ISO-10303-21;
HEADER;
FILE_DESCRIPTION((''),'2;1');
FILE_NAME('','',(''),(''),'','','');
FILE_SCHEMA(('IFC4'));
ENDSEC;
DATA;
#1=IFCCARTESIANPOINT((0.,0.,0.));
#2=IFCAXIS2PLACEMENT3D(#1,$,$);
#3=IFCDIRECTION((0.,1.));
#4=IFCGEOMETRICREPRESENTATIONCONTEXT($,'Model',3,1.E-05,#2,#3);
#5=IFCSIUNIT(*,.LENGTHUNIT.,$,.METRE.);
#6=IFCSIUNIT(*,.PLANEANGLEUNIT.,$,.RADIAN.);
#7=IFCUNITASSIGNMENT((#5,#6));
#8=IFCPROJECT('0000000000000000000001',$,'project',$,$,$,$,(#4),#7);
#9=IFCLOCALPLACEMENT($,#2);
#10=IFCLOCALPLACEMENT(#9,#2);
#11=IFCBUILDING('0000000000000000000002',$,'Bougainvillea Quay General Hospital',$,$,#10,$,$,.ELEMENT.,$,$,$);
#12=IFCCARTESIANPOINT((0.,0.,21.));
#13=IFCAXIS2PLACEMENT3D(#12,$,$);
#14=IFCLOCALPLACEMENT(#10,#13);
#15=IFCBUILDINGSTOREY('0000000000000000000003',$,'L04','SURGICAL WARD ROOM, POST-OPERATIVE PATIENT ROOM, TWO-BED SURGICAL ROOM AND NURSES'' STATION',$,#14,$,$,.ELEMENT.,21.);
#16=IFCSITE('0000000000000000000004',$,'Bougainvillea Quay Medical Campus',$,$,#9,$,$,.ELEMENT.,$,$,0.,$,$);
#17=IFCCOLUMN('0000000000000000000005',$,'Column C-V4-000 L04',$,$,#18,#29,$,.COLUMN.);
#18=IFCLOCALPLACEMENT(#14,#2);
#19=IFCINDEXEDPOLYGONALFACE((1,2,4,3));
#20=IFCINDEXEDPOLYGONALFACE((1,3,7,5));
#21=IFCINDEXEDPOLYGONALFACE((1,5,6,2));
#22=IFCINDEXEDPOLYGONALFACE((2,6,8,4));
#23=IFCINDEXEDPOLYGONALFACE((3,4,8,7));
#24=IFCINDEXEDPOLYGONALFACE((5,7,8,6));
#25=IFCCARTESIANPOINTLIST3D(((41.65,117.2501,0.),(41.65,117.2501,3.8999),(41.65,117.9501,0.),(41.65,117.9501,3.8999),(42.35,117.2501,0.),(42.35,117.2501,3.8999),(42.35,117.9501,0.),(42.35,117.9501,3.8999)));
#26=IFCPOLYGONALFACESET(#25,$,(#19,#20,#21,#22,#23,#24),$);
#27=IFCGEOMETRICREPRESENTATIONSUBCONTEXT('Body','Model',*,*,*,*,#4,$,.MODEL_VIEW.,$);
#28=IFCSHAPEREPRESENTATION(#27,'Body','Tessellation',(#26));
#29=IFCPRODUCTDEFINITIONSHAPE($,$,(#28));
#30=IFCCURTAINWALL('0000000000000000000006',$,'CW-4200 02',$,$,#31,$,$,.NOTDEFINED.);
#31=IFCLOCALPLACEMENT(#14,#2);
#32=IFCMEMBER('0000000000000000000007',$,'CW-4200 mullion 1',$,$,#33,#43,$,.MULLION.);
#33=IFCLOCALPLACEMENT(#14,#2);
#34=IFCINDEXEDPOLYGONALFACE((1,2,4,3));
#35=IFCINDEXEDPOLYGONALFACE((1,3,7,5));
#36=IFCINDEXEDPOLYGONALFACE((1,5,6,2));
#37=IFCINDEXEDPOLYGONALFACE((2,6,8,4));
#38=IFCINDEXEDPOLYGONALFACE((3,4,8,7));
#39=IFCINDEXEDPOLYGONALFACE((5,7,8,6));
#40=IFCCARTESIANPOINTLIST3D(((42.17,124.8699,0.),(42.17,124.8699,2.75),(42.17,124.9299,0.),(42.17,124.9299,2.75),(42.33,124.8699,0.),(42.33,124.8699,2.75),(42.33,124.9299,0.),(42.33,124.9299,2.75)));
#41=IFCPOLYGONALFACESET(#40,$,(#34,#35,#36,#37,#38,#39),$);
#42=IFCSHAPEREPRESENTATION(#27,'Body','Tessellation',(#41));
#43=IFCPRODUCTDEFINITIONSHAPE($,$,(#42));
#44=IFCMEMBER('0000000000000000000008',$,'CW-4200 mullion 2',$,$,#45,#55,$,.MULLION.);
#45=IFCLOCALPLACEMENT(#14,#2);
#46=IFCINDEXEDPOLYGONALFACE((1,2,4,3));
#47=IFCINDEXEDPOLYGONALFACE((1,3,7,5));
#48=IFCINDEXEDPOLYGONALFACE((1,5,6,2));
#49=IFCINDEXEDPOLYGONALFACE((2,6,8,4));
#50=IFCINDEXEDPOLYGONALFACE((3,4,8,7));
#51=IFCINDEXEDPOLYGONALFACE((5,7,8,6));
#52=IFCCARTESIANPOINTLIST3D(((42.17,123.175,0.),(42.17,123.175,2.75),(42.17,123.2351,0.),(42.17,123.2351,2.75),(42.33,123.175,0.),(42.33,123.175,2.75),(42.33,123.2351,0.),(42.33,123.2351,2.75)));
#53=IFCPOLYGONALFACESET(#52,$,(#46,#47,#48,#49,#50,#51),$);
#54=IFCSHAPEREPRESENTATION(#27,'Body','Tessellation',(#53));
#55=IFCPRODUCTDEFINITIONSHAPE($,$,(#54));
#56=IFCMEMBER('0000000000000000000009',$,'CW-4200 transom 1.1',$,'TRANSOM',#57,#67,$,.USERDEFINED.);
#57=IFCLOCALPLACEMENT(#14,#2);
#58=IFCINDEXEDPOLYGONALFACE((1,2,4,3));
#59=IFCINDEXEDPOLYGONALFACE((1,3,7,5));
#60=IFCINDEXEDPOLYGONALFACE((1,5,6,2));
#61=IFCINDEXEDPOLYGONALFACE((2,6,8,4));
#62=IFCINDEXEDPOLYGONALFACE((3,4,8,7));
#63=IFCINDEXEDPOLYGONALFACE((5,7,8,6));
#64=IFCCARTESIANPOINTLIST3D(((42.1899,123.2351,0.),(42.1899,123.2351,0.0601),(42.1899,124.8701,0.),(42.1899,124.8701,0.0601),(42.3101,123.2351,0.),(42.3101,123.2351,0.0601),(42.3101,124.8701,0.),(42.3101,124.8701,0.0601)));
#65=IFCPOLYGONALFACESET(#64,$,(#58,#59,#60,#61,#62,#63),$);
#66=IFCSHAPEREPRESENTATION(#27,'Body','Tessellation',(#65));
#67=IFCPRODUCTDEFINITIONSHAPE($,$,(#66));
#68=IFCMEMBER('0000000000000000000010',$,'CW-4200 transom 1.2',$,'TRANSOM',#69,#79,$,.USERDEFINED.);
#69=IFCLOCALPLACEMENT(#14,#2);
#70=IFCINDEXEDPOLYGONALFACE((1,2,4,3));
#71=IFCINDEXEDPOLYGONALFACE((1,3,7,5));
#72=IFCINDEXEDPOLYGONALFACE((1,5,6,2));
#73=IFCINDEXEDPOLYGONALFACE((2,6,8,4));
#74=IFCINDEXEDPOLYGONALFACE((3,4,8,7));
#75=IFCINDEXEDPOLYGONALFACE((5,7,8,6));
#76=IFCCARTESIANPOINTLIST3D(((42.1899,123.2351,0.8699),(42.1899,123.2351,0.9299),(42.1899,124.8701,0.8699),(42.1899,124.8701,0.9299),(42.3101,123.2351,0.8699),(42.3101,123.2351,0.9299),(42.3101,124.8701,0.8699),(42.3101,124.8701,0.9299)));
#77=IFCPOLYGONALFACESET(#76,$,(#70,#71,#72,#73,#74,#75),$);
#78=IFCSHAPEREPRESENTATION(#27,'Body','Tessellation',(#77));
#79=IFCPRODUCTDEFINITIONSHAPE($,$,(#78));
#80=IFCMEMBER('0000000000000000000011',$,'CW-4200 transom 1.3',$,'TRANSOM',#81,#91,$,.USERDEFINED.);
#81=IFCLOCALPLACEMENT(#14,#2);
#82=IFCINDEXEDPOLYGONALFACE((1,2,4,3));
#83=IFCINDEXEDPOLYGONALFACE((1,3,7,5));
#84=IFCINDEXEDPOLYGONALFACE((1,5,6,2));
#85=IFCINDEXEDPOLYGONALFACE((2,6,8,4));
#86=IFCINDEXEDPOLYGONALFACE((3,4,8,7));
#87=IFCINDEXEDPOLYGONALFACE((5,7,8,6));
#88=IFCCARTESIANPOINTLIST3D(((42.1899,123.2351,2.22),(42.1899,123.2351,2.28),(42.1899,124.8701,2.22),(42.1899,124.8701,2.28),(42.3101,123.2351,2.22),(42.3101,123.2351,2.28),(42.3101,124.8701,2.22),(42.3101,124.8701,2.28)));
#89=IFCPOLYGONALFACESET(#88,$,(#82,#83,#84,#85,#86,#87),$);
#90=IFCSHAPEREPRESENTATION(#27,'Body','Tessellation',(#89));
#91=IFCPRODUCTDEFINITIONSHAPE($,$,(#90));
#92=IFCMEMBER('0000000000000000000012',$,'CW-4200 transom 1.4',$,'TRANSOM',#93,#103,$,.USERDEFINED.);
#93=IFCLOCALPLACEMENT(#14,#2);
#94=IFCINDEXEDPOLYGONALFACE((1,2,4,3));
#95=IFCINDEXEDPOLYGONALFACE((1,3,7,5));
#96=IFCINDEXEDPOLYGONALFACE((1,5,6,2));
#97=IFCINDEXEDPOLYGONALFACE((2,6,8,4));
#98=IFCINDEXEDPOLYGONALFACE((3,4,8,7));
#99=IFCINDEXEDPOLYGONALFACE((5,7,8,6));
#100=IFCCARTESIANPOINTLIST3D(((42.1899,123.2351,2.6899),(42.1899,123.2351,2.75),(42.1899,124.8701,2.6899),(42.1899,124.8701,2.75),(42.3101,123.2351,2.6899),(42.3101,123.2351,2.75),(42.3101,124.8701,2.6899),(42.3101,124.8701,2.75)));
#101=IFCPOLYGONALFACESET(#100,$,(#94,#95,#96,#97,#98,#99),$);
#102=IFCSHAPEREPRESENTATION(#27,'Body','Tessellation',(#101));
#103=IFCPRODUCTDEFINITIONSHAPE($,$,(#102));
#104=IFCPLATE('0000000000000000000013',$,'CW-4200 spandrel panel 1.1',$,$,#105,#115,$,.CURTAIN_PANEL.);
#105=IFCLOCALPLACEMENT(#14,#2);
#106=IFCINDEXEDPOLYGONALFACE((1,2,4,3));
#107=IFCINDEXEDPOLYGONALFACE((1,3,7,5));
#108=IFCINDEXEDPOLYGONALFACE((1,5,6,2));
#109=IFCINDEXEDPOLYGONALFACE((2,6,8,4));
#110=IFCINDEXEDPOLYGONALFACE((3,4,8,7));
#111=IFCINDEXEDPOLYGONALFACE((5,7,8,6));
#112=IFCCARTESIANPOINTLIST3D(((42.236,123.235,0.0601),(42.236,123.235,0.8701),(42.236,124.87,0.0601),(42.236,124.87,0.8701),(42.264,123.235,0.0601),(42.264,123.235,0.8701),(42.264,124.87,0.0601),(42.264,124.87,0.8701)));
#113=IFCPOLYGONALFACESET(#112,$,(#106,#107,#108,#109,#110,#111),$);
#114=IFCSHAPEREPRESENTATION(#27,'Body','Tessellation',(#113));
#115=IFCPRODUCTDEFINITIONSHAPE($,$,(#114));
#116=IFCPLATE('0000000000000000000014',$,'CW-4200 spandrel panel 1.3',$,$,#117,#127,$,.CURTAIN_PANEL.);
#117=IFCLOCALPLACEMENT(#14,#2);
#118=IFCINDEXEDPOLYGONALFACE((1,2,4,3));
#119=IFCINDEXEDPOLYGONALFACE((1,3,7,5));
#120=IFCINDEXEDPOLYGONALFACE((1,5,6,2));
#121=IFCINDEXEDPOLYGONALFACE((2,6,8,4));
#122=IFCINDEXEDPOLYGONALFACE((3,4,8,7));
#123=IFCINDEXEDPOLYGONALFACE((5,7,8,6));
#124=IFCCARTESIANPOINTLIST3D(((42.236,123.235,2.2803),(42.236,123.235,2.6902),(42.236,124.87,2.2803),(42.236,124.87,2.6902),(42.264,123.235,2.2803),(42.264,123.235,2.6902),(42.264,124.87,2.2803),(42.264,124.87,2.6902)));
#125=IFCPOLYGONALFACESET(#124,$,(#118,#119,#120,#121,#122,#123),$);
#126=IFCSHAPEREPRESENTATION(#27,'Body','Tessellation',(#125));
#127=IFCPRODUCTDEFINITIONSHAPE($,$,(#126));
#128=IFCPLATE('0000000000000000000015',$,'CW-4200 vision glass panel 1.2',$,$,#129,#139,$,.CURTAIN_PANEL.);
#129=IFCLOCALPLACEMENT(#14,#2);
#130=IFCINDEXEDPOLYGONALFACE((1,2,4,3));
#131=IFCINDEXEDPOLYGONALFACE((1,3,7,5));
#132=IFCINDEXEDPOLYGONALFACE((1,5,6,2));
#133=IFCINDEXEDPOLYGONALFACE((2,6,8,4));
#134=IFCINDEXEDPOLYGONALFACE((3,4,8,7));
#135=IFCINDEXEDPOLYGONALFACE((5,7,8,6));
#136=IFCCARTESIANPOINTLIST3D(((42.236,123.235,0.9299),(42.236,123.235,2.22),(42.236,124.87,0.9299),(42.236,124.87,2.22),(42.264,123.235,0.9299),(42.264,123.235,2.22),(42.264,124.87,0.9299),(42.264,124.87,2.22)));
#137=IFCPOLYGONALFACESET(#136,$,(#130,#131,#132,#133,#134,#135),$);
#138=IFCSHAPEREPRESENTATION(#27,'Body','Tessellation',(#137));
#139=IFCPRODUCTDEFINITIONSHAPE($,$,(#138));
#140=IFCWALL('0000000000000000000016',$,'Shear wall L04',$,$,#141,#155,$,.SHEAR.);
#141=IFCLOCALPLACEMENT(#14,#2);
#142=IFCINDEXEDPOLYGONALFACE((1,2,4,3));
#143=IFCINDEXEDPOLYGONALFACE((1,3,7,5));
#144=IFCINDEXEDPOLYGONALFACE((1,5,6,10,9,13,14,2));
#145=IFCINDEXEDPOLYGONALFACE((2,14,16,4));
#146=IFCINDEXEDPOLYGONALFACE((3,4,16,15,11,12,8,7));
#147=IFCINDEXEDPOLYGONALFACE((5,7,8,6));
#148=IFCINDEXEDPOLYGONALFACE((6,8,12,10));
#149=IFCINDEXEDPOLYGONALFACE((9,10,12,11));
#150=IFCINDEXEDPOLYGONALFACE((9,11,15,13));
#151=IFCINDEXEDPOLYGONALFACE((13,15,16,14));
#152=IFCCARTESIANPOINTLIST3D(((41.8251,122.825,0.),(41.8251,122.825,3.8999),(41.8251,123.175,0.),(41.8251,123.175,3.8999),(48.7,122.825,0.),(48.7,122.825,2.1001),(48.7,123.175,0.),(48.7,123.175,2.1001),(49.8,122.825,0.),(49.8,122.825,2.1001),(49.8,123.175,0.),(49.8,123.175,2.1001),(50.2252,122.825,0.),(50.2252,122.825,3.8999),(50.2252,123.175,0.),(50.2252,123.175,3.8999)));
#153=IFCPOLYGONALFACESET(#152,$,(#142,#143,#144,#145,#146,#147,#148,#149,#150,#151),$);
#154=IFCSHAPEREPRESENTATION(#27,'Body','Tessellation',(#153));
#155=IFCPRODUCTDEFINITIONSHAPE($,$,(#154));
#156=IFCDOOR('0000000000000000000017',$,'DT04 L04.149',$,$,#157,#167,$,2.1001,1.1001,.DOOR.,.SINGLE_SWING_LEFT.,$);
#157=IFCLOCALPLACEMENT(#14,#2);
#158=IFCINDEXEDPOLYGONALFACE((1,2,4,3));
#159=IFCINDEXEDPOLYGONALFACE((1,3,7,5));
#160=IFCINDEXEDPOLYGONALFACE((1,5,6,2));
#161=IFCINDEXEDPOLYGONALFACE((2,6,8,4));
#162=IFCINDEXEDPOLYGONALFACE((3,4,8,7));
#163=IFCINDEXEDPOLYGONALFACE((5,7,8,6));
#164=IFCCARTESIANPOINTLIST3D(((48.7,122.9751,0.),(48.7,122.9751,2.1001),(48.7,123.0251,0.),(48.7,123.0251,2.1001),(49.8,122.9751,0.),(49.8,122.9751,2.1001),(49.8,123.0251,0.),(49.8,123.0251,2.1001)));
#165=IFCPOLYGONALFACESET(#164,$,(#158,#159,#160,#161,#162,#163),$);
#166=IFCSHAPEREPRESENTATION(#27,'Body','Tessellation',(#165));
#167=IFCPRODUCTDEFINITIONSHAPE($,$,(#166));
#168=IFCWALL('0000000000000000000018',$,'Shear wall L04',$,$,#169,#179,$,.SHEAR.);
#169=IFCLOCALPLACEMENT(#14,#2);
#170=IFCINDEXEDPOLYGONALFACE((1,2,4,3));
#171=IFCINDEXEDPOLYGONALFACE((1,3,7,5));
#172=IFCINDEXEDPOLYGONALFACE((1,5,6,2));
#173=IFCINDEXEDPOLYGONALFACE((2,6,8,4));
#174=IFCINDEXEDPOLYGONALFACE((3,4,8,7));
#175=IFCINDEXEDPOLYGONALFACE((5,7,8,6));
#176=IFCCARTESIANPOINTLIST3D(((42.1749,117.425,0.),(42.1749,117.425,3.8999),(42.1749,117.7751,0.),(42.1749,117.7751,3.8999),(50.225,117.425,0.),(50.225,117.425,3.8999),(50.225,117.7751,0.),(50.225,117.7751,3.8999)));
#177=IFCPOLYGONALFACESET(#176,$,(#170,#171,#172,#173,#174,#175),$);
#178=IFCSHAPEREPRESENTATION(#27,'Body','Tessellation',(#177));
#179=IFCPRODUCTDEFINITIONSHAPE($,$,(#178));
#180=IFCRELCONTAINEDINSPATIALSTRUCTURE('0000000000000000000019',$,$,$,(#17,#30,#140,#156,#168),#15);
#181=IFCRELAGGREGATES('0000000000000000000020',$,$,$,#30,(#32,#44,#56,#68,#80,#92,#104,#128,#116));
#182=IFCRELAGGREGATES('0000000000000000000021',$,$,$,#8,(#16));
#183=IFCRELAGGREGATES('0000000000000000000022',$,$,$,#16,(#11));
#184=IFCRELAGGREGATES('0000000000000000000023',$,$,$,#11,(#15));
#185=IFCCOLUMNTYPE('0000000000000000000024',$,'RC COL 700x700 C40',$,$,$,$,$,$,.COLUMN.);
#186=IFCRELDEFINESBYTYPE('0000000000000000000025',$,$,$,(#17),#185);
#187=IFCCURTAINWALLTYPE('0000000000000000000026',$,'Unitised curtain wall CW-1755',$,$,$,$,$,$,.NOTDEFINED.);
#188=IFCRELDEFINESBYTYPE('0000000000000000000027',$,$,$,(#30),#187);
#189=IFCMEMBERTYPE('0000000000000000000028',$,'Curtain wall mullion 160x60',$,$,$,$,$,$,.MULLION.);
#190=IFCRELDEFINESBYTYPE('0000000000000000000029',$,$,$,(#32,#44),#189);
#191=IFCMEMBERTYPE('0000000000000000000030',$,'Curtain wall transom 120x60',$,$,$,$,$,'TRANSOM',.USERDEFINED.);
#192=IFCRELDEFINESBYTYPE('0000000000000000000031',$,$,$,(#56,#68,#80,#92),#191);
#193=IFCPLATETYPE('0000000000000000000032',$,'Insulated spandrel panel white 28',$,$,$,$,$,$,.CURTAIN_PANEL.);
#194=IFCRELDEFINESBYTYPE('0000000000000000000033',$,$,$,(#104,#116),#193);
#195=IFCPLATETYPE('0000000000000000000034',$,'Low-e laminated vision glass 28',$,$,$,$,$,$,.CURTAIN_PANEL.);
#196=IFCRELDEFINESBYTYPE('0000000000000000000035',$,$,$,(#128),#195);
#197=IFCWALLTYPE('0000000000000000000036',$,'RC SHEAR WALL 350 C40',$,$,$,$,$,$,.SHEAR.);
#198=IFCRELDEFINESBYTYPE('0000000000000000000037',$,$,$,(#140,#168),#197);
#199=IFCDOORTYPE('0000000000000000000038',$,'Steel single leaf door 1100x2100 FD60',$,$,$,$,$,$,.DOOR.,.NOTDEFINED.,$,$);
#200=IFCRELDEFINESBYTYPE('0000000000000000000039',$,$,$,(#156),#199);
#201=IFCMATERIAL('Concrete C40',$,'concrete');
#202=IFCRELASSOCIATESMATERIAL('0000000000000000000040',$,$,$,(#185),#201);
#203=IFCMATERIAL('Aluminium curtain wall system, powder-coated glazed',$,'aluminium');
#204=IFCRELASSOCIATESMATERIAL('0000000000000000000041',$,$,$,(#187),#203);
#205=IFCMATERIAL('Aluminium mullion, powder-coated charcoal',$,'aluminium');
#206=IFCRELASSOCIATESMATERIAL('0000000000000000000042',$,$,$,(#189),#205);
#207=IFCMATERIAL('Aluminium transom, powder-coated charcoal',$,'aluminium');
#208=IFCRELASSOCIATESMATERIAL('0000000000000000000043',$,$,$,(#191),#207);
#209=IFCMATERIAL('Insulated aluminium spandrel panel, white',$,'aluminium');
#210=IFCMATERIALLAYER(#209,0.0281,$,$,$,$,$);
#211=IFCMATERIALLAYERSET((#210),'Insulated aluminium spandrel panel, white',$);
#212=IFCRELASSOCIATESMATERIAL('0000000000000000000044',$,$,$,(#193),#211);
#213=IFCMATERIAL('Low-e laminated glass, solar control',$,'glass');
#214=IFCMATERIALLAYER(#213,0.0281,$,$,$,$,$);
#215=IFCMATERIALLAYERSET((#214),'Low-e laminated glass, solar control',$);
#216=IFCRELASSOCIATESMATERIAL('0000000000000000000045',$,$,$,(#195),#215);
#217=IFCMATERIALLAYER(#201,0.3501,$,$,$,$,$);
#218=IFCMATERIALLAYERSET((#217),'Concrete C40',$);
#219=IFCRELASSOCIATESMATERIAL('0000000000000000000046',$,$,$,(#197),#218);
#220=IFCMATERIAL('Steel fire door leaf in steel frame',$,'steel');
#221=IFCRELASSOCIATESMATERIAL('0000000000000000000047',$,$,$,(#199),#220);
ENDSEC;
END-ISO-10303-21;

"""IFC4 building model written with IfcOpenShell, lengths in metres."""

from ifc_helpers import new_model, si_unit, direction, frame, frame_2d, origin, origin_2d, place, context, subcontext, project, spatial, rectangle, extrude, material, layer, layer_set, material_profile, profile_set, type_object, element, fill, aggregate, save


model = new_model("IFC4")

# Units and contexts
model_context = context("Model", 3, precision=1e-05, world=origin(), true_north=direction((0.0, 1.0)))
body_context = subcontext(model_context, "Body", "Model", "MODEL_VIEW")
ifc_project = project(units=[si_unit("LENGTHUNIT", "METRE"), si_unit("PLANEANGLEUNIT", "RADIAN")], contexts=[model_context])

# Site, building, storey
site_placement = place(None, origin())
site = spatial("IfcSite", under=ifc_project, at=site_placement, Name="Bougainvillea Quay Medical Campus", CompositionType="ELEMENT", RefElevation=0.0)
building_placement = place(site_placement, origin())
building = spatial("IfcBuilding", under=site, at=building_placement, Name="Bougainvillea Quay General Hospital", CompositionType="ELEMENT")
storey_placement = place(building_placement, frame((0.0, 0.0, 21.0)))
storey = spatial("IfcBuildingStorey", under=building, at=storey_placement, Name="L04", Description="SURGICAL WARD ROOM, POST-OPERATIVE PATIENT ROOM, TWO-BED SURGICAL ROOM AND NURSES' STATION", CompositionType="ELEMENT", Elevation=21.0)

# Column
ifc_material_1 = material(Name="Concrete C40", Category="concrete")
ifc_material_profile_1 = material_profile(ifc_material_1, rectangle(XDim=0.7, YDim=0.7, at=origin_2d()))
ifc_profile_set_1 = profile_set([ifc_material_profile_1], Name="Concrete C40")
column_type = type_object("IfcColumnType", Name="RC COL 700x700 C40", PredefinedType="COLUMN", material=ifc_profile_set_1)
column_placement = place(storey_placement, frame((42.0, 117.6001, 0.0), z_axis=(0.0, 0.0, 1.0), x_axis=(1.0, 0.0, 0.0)))
element("IfcColumn", 1, at=column_placement, inside=storey, type_object=column_type, Name="Column C-V4-000 L04", PredefinedType="COLUMN", context=body_context, shape_type="SweptSolid", body=[
    extrude(rectangle(XDim=0.7, YDim=0.7, at=origin_2d()), origin(), (0.0, 0.0, 1.0), 3.8999),
])

# Curtain wall, members, plates
ifc_material_2 = material(Name="Aluminium curtain wall system, powder-coated glazed", Category="aluminium")
curtain_wall_type = type_object("IfcCurtainWallType", Name="Unitised curtain wall CW-1755", PredefinedType="NOTDEFINED", material=ifc_material_2)
curtain_wall_placement = place(storey_placement, origin())
curtain_wall = element("IfcCurtainWall", 2, at=curtain_wall_placement, inside=storey, type_object=curtain_wall_type, Name="CW-4200 02", PredefinedType="NOTDEFINED")
ifc_material_3 = material(Name="Aluminium mullion, powder-coated charcoal", Category="aluminium")
ifc_material_profile_2 = material_profile(ifc_material_3, rectangle(XDim=0.1599, YDim=0.0601, at=origin_2d()))
ifc_profile_set_2 = profile_set([ifc_material_profile_2], Name="Aluminium mullion, powder-coated charcoal")
member_type_1 = type_object("IfcMemberType", Name="Curtain wall mullion 160x60", PredefinedType="MULLION", material=ifc_profile_set_2)
member_1_placement = place(storey_placement, frame((42.25, 124.8999, 0.0), z_axis=(0.0, 0.0, 1.0), x_axis=(1.0, 0.0, 0.0)))
member_1 = element("IfcMember", 3, at=member_1_placement, type_object=member_type_1, Name="CW-4200 mullion 1", PredefinedType="MULLION", context=body_context, shape_type="SweptSolid", body=[
    extrude(rectangle(XDim=0.1599, YDim=0.0601, at=origin_2d()), origin(), (0.0, 0.0, 1.0), 2.75),
])
member_2_placement = place(storey_placement, frame((42.25, 123.2051, 0.0), z_axis=(0.0, 0.0, 1.0), x_axis=(1.0, 0.0, 0.0)))
member_2 = element("IfcMember", 4, at=member_2_placement, type_object=member_type_1, Name="CW-4200 mullion 2", PredefinedType="MULLION", context=body_context, shape_type="SweptSolid", body=[
    extrude(rectangle(XDim=0.1599, YDim=0.0601, at=origin_2d()), origin(), (0.0, 0.0, 1.0), 2.75),
])
ifc_material_4 = material(Name="Aluminium transom, powder-coated charcoal", Category="aluminium")
ifc_material_profile_3 = material_profile(ifc_material_4, rectangle(XDim=0.1201, YDim=0.0601, at=origin_2d()))
ifc_profile_set_3 = profile_set([ifc_material_profile_3], Name="Aluminium transom, powder-coated charcoal")
member_type_2 = type_object("IfcMemberType", Name="Curtain wall transom 120x60", ElementType="TRANSOM", PredefinedType="USERDEFINED", material=ifc_profile_set_3)
member_3_placement = place(storey_placement, frame((42.25, 124.8701, 0.03), z_axis=(0.0, -1.0, 0.0), x_axis=(1.0, 0.0, 0.0)))
member_3 = element("IfcMember", 5, at=member_3_placement, type_object=member_type_2, Name="CW-4200 transom 1.1", ObjectType="TRANSOM", PredefinedType="USERDEFINED", context=body_context, shape_type="SweptSolid", body=[
    extrude(rectangle(XDim=0.1201, YDim=0.0601, at=origin_2d()), origin(), (0.0, 0.0, 1.0), 1.635),
])
member_4_placement = place(storey_placement, frame((42.25, 124.8701, 0.8999), z_axis=(0.0, -1.0, 0.0), x_axis=(1.0, 0.0, 0.0)))
member_4 = element("IfcMember", 6, at=member_4_placement, type_object=member_type_2, Name="CW-4200 transom 1.2", ObjectType="TRANSOM", PredefinedType="USERDEFINED", context=body_context, shape_type="SweptSolid", body=[
    extrude(rectangle(XDim=0.1201, YDim=0.0601, at=origin_2d()), origin(), (0.0, 0.0, 1.0), 1.635),
])
member_5_placement = place(storey_placement, frame((42.25, 124.8701, 2.25), z_axis=(0.0, -1.0, 0.0), x_axis=(1.0, 0.0, 0.0)))
member_5 = element("IfcMember", 7, at=member_5_placement, type_object=member_type_2, Name="CW-4200 transom 1.3", ObjectType="TRANSOM", PredefinedType="USERDEFINED", context=body_context, shape_type="SweptSolid", body=[
    extrude(rectangle(XDim=0.1201, YDim=0.0601, at=origin_2d()), origin(), (0.0, 0.0, 1.0), 1.635),
])
member_6_placement = place(storey_placement, frame((42.25, 124.8701, 2.72), z_axis=(0.0, -1.0, 0.0), x_axis=(1.0, 0.0, 0.0)))
member_6 = element("IfcMember", 8, at=member_6_placement, type_object=member_type_2, Name="CW-4200 transom 1.4", ObjectType="TRANSOM", PredefinedType="USERDEFINED", context=body_context, shape_type="SweptSolid", body=[
    extrude(rectangle(XDim=0.1201, YDim=0.0601, at=origin_2d()), origin(), (0.0, 0.0, 1.0), 1.635),
])
ifc_material_5 = material(Name="Insulated aluminium spandrel panel, white", Category="aluminium")
ifc_layer_1 = layer(ifc_material_5, 0.0281)
ifc_layer_set_1 = layer_set([ifc_layer_1], Name="Insulated aluminium spandrel panel, white")
plate_type_1 = type_object("IfcPlateType", Name="Insulated spandrel panel white 28", PredefinedType="CURTAIN_PANEL", material=ifc_layer_set_1)
plate_1_placement = place(storey_placement, frame((42.25, 124.0525, 0.0601), z_axis=(0.0, 0.0, 1.0), x_axis=(0.0, -1.0, 0.0)))
plate_1 = element("IfcPlate", 9, at=plate_1_placement, type_object=plate_type_1, Name="CW-4200 spandrel panel 1.1", PredefinedType="CURTAIN_PANEL", context=body_context, shape_type="SweptSolid", body=[
    extrude(rectangle(XDim=1.635, YDim=0.0281, at=origin_2d()), origin(), (0.0, 0.0, 1.0), 0.8101),
])
plate_2_placement = place(storey_placement, frame((42.25, 124.0525, 2.2803), z_axis=(0.0, 0.0, 1.0), x_axis=(0.0, -1.0, 0.0)))
plate_2 = element("IfcPlate", 10, at=plate_2_placement, type_object=plate_type_1, Name="CW-4200 spandrel panel 1.3", PredefinedType="CURTAIN_PANEL", context=body_context, shape_type="SweptSolid", body=[
    extrude(rectangle(XDim=1.635, YDim=0.0281, at=origin_2d()), origin(), (0.0, 0.0, 1.0), 0.4099),
])
ifc_material_6 = material(Name="Low-e laminated glass, solar control", Category="glass")
ifc_layer_2 = layer(ifc_material_6, 0.0281)
ifc_layer_set_2 = layer_set([ifc_layer_2], Name="Low-e laminated glass, solar control")
plate_type_2 = type_object("IfcPlateType", Name="Low-e laminated vision glass 28", PredefinedType="CURTAIN_PANEL", material=ifc_layer_set_2)
plate_3_placement = place(storey_placement, frame((42.25, 124.0525, 0.9299), z_axis=(0.0, 0.0, 1.0), x_axis=(0.0, -1.0, 0.0)))
plate_3 = element("IfcPlate", 11, at=plate_3_placement, type_object=plate_type_2, Name="CW-4200 vision glass panel 1.2", PredefinedType="CURTAIN_PANEL", context=body_context, shape_type="SweptSolid", body=[
    extrude(rectangle(XDim=1.635, YDim=0.0281, at=origin_2d()), origin(), (0.0, 0.0, 1.0), 1.29),
])
aggregate(curtain_wall, [member_1, member_2, member_3, member_4, member_5, member_6, plate_1, plate_3, plate_2])

# Wall, opening, door
ifc_layer_3 = layer(ifc_material_1, 0.3501)
ifc_layer_set_3 = layer_set([ifc_layer_3], Name="Concrete C40")
wall_type = type_object("IfcWallType", Name="RC SHEAR WALL 350 C40", PredefinedType="SHEAR", material=ifc_layer_set_3)
wall_1_placement = place(storey_placement, frame((41.825, 123.0, 0.0), z_axis=(0.0, 0.0, 1.0), x_axis=(1.0, 0.0, 0.0)))
wall_1 = element("IfcWall", 12, at=wall_1_placement, inside=storey, type_object=wall_type, Name="Shear wall L04", PredefinedType="SHEAR", context=body_context, shape_type="SweptSolid", body=[
    extrude(rectangle(XDim=8.4001, YDim=0.3501, at=frame_2d((4.2002, 0.0))), origin(), (0.0, 0.0, 1.0), 3.8999),
])
opening_placement = place(wall_1_placement, frame((6.875, 0.0, 0.0)))
opening = element("IfcOpeningElement", 13, at=opening_placement, cuts=wall_1, PredefinedType="OPENING", context=body_context, shape_type="SweptSolid", body=[
    extrude(rectangle(XDim=1.1001, YDim=2.1001, at=frame_2d((0.55, 1.05))), frame((0.0, 0.1851, 0.0), z_axis=(0.0, -1.0, 0.0), x_axis=(1.0, 0.0, 0.0)), (0.0, 0.0, 1.0), 0.3701),
])
ifc_material_7 = material(Name="Steel fire door leaf in steel frame", Category="steel")
door_type = type_object("IfcDoorType", Name="Steel single leaf door 1100x2100 FD60", OperationType="NOTDEFINED", PredefinedType="DOOR", material=ifc_material_7)
door_placement = place(opening_placement, frame((1.1001, 0.0, 0.0), z_axis=(0.0, 0.0, 1.0), x_axis=(-1.0, 0.0, 0.0)))
door = element("IfcDoor", 14, at=door_placement, inside=storey, type_object=door_type, Name="DT04 L04.149", OperationType="SINGLE_SWING_LEFT", OverallHeight=2.1001, OverallWidth=1.1001, PredefinedType="DOOR", context=body_context, shape_type="SweptSolid", body=[
    extrude(rectangle(XDim=1.1001, YDim=2.1001, at=frame_2d((0.55, 1.05))), frame((0.0, 0.0249, 0.0), z_axis=(0.0, -1.0, 0.0), x_axis=(1.0, 0.0, 0.0)), (0.0, 0.0, 1.0), 0.05),
])
fill(opening, door)

# Wall
wall_2_placement = place(storey_placement, frame((42.175, 117.6001, 0.0), z_axis=(0.0, 0.0, 1.0), x_axis=(1.0, 0.0, 0.0)))
element("IfcWall", 15, at=wall_2_placement, inside=storey, type_object=wall_type, Name="Shear wall L04", PredefinedType="SHEAR", context=body_context, shape_type="SweptSolid", body=[
    extrude(rectangle(XDim=8.05, YDim=0.3501, at=frame_2d((4.0249, 0.0))), origin(), (0.0, 0.0, 1.0), 3.8999),
])

save(model, "model.ifc")
